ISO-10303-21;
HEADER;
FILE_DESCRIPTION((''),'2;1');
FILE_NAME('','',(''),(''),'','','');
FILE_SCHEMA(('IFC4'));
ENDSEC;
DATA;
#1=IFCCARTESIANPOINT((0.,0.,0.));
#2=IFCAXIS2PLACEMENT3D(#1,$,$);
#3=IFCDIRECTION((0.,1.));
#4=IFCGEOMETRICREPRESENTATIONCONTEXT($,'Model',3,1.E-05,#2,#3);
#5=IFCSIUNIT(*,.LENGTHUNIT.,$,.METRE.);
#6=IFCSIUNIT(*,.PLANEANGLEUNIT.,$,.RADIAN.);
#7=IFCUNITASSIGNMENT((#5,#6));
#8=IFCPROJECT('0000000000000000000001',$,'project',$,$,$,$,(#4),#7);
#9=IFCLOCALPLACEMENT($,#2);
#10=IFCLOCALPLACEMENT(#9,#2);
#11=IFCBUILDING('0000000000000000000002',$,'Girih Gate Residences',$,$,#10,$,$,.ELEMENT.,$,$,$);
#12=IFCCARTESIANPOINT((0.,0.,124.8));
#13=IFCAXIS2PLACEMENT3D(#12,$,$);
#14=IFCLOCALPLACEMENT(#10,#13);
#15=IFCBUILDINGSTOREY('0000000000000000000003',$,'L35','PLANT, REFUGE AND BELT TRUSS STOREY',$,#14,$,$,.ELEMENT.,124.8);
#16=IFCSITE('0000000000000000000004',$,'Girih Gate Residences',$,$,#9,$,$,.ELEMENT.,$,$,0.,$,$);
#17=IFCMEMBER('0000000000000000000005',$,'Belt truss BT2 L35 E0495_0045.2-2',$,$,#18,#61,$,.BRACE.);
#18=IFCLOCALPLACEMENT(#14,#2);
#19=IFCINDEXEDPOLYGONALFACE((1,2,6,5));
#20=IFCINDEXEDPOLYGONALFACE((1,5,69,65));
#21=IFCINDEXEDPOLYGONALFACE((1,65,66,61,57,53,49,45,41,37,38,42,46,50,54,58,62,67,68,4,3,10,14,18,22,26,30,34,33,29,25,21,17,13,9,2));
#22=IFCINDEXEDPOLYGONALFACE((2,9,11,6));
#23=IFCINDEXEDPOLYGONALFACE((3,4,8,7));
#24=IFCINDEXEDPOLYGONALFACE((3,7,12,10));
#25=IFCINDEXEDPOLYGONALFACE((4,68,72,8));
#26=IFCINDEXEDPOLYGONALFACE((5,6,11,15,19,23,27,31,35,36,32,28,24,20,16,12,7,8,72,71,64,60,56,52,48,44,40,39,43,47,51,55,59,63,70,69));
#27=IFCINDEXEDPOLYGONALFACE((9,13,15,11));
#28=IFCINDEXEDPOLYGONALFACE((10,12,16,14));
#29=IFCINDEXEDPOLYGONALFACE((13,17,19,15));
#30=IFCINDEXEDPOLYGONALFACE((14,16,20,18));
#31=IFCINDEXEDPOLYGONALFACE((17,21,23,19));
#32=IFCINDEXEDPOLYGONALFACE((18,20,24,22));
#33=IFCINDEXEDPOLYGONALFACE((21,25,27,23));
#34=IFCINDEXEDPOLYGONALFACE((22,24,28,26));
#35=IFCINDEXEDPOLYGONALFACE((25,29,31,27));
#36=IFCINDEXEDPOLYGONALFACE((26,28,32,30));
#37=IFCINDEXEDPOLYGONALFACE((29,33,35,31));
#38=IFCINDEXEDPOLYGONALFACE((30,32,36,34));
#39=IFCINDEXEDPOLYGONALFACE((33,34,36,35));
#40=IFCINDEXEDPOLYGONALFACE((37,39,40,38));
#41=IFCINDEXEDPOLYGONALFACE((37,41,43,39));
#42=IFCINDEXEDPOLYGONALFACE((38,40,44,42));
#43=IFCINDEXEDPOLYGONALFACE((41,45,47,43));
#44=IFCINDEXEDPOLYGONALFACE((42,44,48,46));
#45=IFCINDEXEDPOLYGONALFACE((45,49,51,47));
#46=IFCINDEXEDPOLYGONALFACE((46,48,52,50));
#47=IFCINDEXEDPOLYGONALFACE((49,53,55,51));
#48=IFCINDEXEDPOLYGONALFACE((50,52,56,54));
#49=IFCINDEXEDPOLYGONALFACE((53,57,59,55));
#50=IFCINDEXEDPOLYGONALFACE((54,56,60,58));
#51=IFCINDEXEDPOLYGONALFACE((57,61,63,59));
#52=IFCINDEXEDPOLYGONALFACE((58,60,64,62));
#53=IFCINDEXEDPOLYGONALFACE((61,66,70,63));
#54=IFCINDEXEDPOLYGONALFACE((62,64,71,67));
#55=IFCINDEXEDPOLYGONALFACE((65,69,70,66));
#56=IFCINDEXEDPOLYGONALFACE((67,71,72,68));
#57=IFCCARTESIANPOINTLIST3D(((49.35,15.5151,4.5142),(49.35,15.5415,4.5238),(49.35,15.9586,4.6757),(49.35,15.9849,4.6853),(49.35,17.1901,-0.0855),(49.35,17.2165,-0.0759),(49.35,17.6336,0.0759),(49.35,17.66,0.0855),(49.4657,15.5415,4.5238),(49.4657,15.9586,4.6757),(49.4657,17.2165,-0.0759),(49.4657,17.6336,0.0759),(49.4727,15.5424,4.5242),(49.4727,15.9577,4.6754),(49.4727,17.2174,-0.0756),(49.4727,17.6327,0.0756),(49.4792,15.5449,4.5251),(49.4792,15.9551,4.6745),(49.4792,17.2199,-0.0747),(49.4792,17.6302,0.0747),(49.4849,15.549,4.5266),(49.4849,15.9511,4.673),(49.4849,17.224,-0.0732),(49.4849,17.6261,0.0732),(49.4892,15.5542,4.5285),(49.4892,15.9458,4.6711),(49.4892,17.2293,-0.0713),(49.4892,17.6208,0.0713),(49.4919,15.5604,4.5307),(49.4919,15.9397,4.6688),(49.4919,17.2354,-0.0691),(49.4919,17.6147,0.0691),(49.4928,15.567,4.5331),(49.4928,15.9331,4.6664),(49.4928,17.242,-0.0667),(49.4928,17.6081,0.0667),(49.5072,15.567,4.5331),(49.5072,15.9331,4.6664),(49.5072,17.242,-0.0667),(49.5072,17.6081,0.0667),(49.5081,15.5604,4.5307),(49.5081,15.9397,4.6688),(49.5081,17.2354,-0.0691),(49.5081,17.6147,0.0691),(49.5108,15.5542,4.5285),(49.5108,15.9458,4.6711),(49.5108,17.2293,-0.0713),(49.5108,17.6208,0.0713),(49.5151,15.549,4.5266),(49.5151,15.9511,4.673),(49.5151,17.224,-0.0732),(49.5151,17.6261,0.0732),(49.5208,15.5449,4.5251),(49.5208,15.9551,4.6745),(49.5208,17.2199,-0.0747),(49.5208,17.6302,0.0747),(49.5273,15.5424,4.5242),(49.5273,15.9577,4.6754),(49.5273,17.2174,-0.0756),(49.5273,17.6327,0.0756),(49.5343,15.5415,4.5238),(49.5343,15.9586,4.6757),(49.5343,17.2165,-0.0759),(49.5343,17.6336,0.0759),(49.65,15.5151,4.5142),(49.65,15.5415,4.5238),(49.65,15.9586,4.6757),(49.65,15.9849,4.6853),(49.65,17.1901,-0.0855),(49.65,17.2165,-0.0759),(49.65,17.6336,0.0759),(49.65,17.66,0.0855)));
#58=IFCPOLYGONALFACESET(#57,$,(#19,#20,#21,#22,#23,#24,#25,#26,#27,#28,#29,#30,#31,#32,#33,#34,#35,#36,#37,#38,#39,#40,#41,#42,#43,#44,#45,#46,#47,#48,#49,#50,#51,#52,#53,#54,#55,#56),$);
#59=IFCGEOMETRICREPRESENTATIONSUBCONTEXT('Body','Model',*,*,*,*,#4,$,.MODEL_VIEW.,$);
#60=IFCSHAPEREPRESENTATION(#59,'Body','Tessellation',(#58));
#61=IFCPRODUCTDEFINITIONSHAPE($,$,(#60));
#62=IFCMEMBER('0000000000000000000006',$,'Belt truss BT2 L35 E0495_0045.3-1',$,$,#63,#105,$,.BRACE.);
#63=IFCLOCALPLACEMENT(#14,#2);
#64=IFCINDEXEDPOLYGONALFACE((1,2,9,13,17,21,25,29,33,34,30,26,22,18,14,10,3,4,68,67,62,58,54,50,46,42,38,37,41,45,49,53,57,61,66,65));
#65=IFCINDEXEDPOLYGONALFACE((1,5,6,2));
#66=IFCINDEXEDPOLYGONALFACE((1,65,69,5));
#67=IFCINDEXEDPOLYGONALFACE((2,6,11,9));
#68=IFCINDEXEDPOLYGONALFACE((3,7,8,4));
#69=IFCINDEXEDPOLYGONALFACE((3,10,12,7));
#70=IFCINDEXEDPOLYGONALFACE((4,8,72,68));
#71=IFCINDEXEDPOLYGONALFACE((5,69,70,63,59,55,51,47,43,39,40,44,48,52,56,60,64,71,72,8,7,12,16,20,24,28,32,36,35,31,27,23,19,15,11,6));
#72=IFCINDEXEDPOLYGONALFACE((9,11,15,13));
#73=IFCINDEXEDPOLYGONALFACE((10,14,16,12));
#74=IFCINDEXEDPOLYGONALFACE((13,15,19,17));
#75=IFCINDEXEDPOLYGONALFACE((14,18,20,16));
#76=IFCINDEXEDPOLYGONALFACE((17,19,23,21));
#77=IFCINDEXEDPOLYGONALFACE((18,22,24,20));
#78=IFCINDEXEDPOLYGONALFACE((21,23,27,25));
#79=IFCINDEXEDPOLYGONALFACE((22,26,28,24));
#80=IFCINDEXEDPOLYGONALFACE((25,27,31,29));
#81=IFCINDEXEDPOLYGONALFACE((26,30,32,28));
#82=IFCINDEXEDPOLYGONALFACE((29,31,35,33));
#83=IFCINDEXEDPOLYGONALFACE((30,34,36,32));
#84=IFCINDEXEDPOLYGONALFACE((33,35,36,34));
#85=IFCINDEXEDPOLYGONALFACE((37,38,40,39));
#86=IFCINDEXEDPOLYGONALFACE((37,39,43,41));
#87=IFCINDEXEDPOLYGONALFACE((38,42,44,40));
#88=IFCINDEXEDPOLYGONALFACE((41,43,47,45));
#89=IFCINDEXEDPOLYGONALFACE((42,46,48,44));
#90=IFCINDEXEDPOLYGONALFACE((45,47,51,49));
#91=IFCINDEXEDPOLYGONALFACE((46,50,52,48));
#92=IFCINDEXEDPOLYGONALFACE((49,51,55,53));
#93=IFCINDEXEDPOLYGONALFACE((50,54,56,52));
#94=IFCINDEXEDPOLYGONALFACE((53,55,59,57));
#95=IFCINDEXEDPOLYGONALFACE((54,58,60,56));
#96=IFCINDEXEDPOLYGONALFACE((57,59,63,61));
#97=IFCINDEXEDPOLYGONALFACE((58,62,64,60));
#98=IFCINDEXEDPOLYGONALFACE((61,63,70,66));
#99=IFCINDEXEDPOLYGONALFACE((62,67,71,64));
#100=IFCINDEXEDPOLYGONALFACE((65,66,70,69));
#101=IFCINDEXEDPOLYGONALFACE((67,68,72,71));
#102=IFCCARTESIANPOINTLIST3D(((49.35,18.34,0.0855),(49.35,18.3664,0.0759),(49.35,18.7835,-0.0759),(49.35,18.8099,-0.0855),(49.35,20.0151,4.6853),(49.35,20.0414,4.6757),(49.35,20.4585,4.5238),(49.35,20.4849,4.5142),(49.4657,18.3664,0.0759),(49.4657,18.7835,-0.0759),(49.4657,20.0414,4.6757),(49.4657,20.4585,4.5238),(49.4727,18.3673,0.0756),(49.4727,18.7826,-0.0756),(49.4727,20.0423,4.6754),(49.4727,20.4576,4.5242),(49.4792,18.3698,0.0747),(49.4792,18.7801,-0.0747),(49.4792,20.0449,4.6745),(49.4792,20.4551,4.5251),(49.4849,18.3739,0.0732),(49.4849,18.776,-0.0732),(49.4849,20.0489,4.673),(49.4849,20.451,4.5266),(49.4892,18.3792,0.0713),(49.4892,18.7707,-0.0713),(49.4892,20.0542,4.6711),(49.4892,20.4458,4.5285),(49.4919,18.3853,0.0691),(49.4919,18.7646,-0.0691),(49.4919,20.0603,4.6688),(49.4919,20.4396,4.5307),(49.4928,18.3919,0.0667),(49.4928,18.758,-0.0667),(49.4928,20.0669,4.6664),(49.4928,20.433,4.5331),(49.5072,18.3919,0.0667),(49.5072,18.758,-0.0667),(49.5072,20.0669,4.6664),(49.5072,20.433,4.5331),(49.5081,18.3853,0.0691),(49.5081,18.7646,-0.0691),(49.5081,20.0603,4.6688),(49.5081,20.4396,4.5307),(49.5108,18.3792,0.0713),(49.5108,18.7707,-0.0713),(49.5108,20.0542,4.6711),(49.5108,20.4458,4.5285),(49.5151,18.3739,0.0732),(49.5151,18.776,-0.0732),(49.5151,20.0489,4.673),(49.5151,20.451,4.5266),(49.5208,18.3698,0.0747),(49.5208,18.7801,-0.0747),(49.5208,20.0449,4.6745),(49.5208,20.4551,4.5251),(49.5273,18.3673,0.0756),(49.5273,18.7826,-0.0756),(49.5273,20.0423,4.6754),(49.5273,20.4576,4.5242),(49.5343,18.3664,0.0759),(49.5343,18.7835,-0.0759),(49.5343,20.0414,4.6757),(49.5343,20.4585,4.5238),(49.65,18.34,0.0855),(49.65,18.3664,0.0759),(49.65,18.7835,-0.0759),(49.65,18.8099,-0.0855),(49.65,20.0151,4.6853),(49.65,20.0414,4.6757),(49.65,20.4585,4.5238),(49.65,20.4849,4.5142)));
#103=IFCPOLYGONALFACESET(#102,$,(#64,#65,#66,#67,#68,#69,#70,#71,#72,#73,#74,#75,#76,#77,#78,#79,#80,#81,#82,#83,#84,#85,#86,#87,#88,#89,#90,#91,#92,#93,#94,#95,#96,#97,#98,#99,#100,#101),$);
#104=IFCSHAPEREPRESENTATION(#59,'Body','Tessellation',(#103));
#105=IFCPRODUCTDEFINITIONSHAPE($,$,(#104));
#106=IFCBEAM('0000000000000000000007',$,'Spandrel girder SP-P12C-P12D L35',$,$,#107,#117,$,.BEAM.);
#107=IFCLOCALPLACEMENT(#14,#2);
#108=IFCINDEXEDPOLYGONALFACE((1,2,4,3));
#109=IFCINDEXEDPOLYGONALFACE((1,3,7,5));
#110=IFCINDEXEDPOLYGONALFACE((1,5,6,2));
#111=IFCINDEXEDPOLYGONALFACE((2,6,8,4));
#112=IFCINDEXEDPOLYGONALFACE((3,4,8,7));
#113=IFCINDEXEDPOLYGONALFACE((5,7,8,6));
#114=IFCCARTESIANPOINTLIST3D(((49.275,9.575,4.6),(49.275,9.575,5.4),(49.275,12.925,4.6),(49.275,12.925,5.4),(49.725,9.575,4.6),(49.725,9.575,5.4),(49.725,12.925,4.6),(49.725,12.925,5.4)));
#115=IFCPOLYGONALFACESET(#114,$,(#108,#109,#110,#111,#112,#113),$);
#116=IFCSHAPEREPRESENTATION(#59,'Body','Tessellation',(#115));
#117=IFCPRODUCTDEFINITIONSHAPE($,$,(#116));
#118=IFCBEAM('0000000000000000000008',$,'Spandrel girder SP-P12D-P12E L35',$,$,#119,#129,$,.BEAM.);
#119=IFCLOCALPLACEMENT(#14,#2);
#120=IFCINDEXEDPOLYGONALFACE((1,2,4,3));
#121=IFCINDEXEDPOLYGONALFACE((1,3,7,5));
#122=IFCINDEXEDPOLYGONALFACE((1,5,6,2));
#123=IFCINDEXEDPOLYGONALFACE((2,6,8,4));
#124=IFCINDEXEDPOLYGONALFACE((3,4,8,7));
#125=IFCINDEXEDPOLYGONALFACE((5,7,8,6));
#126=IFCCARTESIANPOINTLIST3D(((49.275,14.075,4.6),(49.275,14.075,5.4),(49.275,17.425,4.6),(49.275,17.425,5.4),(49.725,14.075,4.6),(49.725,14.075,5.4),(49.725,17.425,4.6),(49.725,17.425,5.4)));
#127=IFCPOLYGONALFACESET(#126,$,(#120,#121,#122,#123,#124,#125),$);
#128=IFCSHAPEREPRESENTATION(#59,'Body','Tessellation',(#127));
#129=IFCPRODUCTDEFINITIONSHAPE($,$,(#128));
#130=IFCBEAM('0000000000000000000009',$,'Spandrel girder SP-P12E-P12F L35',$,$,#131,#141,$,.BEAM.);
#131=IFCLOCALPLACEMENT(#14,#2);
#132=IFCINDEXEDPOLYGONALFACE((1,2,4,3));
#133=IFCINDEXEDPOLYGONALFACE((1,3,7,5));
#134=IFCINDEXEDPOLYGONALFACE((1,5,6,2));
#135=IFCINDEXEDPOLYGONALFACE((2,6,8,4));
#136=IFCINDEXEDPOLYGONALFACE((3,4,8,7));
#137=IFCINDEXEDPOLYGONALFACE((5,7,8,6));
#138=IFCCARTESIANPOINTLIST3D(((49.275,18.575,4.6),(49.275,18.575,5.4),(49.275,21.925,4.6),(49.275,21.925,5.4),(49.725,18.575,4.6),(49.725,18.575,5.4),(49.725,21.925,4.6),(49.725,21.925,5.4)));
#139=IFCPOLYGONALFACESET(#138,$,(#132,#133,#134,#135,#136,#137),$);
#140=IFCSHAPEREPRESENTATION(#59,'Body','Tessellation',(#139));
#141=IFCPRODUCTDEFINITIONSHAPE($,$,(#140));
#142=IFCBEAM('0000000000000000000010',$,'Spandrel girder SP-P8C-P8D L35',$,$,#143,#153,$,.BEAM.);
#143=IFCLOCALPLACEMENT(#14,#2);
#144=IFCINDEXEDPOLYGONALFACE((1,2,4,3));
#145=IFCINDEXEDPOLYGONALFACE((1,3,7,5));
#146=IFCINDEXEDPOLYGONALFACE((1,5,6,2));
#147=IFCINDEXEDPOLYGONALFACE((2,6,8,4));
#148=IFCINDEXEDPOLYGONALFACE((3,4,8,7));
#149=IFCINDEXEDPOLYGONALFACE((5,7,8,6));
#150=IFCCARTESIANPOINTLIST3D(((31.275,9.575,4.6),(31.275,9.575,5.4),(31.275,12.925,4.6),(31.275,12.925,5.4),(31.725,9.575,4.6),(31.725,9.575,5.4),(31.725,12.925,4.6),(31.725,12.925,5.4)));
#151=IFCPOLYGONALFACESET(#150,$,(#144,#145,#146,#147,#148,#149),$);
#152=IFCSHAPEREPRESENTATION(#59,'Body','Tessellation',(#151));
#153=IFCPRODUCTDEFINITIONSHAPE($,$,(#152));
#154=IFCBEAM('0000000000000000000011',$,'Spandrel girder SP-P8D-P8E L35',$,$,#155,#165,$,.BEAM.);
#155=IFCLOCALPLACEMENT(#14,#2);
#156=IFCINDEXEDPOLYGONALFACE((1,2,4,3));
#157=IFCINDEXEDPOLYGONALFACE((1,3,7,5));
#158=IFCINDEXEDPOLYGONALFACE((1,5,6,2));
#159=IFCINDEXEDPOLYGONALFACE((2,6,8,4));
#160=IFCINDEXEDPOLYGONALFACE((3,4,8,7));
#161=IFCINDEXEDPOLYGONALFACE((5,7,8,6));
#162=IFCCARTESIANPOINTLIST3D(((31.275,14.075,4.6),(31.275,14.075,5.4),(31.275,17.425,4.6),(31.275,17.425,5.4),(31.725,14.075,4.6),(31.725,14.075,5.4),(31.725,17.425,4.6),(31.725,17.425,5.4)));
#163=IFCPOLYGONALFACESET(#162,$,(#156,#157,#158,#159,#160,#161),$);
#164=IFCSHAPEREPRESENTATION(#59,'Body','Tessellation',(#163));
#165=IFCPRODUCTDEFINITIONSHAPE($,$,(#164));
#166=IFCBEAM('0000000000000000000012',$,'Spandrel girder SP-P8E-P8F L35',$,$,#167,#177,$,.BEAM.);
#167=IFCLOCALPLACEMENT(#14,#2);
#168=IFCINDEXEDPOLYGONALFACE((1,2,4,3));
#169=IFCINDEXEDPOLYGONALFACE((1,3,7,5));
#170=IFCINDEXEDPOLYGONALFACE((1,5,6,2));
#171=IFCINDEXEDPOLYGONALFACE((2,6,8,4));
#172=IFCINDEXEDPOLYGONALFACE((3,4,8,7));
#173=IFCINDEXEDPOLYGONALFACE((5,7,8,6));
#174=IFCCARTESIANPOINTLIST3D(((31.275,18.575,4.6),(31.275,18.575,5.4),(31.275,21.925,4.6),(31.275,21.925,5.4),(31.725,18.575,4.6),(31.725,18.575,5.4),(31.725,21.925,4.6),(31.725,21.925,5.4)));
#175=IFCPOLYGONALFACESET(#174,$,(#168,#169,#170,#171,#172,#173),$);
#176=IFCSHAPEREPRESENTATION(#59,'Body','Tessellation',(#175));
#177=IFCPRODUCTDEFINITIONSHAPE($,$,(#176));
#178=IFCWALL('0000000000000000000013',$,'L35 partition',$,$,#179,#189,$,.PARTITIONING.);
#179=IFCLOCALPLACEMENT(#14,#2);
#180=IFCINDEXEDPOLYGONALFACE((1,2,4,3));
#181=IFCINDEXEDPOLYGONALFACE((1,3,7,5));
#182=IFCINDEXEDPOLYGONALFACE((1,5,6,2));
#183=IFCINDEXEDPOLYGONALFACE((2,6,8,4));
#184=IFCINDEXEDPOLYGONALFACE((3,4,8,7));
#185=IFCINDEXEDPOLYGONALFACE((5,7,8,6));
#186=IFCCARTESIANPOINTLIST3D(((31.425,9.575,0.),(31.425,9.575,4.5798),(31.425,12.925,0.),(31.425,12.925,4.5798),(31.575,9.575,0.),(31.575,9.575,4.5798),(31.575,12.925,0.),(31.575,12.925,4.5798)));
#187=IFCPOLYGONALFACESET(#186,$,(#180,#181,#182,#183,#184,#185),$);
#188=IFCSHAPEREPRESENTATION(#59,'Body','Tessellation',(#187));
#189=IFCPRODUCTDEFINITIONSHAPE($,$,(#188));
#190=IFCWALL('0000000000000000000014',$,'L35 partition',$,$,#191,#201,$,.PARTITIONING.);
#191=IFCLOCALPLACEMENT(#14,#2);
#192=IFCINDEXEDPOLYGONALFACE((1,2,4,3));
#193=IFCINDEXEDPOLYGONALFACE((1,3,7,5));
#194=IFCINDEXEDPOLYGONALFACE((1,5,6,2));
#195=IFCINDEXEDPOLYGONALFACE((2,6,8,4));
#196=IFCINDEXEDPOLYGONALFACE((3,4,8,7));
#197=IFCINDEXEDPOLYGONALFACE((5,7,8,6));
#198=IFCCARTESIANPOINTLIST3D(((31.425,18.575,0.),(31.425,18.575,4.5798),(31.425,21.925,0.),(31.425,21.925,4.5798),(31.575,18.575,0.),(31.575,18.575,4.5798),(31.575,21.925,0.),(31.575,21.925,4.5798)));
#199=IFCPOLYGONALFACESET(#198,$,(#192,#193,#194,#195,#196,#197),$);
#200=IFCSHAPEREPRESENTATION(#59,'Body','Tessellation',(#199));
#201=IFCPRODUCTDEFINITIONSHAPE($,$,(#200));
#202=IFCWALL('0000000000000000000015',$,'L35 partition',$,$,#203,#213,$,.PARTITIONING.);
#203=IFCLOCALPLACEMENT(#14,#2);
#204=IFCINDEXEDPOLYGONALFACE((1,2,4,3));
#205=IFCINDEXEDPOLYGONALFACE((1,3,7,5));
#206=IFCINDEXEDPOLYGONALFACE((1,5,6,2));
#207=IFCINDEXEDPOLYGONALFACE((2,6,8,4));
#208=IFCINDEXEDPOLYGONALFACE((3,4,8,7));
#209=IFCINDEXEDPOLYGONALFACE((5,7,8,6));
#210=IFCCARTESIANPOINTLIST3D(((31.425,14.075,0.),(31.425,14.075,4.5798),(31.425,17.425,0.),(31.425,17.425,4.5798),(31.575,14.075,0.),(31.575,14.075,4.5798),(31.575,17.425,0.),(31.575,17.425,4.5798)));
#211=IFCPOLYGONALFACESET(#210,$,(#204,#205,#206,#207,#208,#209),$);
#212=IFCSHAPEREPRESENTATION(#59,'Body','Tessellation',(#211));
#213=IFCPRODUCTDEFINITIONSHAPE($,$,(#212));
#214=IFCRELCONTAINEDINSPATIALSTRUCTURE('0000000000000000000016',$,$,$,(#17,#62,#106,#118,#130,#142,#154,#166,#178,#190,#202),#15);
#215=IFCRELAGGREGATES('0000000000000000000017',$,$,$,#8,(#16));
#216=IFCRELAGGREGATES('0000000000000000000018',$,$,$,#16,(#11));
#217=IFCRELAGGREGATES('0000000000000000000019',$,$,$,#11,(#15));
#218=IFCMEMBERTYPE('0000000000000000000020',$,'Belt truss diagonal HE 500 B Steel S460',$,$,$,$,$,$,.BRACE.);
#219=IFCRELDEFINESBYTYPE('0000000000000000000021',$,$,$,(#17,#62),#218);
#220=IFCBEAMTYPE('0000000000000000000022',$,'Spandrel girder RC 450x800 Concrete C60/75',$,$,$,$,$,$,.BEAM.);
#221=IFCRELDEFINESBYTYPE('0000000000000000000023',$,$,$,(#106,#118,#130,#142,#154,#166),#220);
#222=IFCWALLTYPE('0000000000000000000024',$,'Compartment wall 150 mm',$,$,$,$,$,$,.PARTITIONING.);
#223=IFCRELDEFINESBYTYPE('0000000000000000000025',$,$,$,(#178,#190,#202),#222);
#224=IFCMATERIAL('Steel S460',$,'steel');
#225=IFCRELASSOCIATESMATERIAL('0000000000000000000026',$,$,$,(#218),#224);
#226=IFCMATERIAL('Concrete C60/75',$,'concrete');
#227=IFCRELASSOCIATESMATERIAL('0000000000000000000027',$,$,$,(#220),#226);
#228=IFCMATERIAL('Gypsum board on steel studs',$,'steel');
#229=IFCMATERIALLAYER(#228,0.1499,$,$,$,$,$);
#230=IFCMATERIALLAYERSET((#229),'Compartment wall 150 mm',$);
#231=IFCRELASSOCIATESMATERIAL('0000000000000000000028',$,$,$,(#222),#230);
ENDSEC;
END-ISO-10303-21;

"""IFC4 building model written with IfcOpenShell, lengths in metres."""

from ifc_helpers import new_model, si_unit, direction, frame, frame_2d, origin, origin_2d, place, context, subcontext, project, spatial, rectangle, i_section, extrude, material, layer, layer_set, material_profile, profile_set, type_object, element, save


model = new_model("IFC4")

# Units and contexts
model_context = context("Model", 3, precision=1e-05, world=origin(), true_north=direction((0.0, 1.0)))
body_context = subcontext(model_context, "Body", "Model", "MODEL_VIEW")
ifc_project = project(units=[si_unit("LENGTHUNIT", "METRE"), si_unit("PLANEANGLEUNIT", "RADIAN")], contexts=[model_context])

# Site, building, storey
site_placement = place(None, origin())
site = spatial("IfcSite", under=ifc_project, at=site_placement, Name="Girih Gate Residences", CompositionType="ELEMENT", RefElevation=0.0)
building_placement = place(site_placement, origin())
building = spatial("IfcBuilding", under=site, at=building_placement, Name="Girih Gate Residences", CompositionType="ELEMENT")
storey_placement = place(building_placement, frame((0.0, 0.0, 124.8)))
storey = spatial("IfcBuildingStorey", under=building, at=storey_placement, Name="L35", Description="PLANT, REFUGE AND BELT TRUSS STOREY", CompositionType="ELEMENT", Elevation=124.8)

# Members
ifc_material_1 = material(Name="Steel S460", Category="steel")
ifc_material_profile_1 = material_profile(ifc_material_1, i_section(OverallWidth=0.3, OverallDepth=0.5, WebThickness=0.0144, FlangeThickness=0.0281, FilletRadius=0.0271, at=origin_2d()))
ifc_profile_set_1 = profile_set([ifc_material_profile_1], Name="Steel S460")
member_type = type_object("IfcMemberType", Name="Belt truss diagonal HE 500 B Steel S460", PredefinedType="BRACE", material=ifc_profile_set_1)
for number, where, z_axis, x_axis, name in (
    (1, (49.5, 17.425, 0.0), (0.0, -0.342171, 0.939638), (1.0, 0.0, 0.0), "Belt truss BT2 L35 E0495_0045.2-2"),
    (2, (49.5, 18.575, 0.0), (0.0, 0.342171, 0.939638), (-1.0, 0.0, 0.0), "Belt truss BT2 L35 E0495_0045.3-1"),
):
    element("IfcMember", number, at=place(storey_placement, frame(where, z_axis=z_axis, x_axis=x_axis)), inside=storey, type_object=member_type, Name=name, PredefinedType="BRACE", context=body_context, shape_type="SweptSolid", body=[
        extrude(i_section(OverallWidth=0.3, OverallDepth=0.5, WebThickness=0.0144, FlangeThickness=0.0281, FilletRadius=0.0271, at=origin_2d()), origin(), (0.0, 0.0, 1.0), 4.8953),
    ])

# Beams
ifc_material_2 = material(Name="Concrete C60/75", Category="concrete")
ifc_material_profile_2 = material_profile(ifc_material_2, rectangle(XDim=0.45, YDim=0.8, at=origin_2d()))
ifc_profile_set_2 = profile_set([ifc_material_profile_2], Name="Concrete C60/75")
beam_type = type_object("IfcBeamType", Name="Spandrel girder RC 450x800 Concrete C60/75", PredefinedType="BEAM", material=ifc_profile_set_2)
for number, where, z_axis, x_axis, name in (
    (3, (49.5, 9.575, 5.0), (0.0, 1.0, 0.0), (-1.0, 0.0, 0.0), "Spandrel girder SP-P12C-P12D L35"),
    (4, (49.5, 14.075, 5.0), (0.0, 1.0, 0.0), (-1.0, 0.0, 0.0), "Spandrel girder SP-P12D-P12E L35"),
    (5, (49.5, 18.575, 5.0), (0.0, 1.0, 0.0), (-1.0, 0.0, 0.0), "Spandrel girder SP-P12E-P12F L35"),
    (6, (31.5, 9.575, 5.0), (0.0, 1.0, 0.0), (-1.0, 0.0, 0.0), "Spandrel girder SP-P8C-P8D L35"),
    (7, (31.5, 14.075, 5.0), (0.0, 1.0, 0.0), (-1.0, 0.0, 0.0), "Spandrel girder SP-P8D-P8E L35"),
    (8, (31.5, 18.575, 5.0), (0.0, 1.0, 0.0), (-1.0, 0.0, 0.0), "Spandrel girder SP-P8E-P8F L35"),
):
    element("IfcBeam", number, at=place(storey_placement, frame(where, z_axis=z_axis, x_axis=x_axis)), inside=storey, type_object=beam_type, Name=name, PredefinedType="BEAM", context=body_context, shape_type="SweptSolid", body=[
        extrude(rectangle(XDim=0.45, YDim=0.8, at=origin_2d()), origin(), (0.0, 0.0, 1.0), 3.3501),
    ])

# Walls
ifc_material_3 = material(Name="Gypsum board on steel studs", Category="steel")
ifc_layer_1 = layer(ifc_material_3, 0.1499)
ifc_layer_set_1 = layer_set([ifc_layer_1], Name="Compartment wall 150 mm")
wall_type_1 = type_object("IfcWallType", Name="Compartment wall 150 mm", PredefinedType="PARTITIONING", material=ifc_layer_set_1)
for number, where, z_axis, x_axis, name in (
    (9, (31.5, 9.575, 0.0), (0.0, 0.0, 1.0), (0.0, 1.0, 0.0), "L35 partition"),
    (10, (31.5, 18.575, 0.0), (0.0, 0.0, 1.0), (0.0, 1.0, 0.0), "L35 partition"),
    (11, (31.5, 14.075, 0.0), (0.0, 0.0, 1.0), (0.0, 1.0, 0.0), "L35 partition"),
):
    element("IfcWall", number, at=place(storey_placement, frame(where, z_axis=z_axis, x_axis=x_axis)), inside=storey, type_object=wall_type_1, Name=name, PredefinedType="PARTITIONING", context=body_context, shape_type="SweptSolid", body=[
        extrude(rectangle(XDim=3.3501, YDim=0.1499, at=frame_2d((1.675, 0.0))), origin(), (0.0, 0.0, 1.0), 4.5798),
    ])

save(model, "model.ifc")
